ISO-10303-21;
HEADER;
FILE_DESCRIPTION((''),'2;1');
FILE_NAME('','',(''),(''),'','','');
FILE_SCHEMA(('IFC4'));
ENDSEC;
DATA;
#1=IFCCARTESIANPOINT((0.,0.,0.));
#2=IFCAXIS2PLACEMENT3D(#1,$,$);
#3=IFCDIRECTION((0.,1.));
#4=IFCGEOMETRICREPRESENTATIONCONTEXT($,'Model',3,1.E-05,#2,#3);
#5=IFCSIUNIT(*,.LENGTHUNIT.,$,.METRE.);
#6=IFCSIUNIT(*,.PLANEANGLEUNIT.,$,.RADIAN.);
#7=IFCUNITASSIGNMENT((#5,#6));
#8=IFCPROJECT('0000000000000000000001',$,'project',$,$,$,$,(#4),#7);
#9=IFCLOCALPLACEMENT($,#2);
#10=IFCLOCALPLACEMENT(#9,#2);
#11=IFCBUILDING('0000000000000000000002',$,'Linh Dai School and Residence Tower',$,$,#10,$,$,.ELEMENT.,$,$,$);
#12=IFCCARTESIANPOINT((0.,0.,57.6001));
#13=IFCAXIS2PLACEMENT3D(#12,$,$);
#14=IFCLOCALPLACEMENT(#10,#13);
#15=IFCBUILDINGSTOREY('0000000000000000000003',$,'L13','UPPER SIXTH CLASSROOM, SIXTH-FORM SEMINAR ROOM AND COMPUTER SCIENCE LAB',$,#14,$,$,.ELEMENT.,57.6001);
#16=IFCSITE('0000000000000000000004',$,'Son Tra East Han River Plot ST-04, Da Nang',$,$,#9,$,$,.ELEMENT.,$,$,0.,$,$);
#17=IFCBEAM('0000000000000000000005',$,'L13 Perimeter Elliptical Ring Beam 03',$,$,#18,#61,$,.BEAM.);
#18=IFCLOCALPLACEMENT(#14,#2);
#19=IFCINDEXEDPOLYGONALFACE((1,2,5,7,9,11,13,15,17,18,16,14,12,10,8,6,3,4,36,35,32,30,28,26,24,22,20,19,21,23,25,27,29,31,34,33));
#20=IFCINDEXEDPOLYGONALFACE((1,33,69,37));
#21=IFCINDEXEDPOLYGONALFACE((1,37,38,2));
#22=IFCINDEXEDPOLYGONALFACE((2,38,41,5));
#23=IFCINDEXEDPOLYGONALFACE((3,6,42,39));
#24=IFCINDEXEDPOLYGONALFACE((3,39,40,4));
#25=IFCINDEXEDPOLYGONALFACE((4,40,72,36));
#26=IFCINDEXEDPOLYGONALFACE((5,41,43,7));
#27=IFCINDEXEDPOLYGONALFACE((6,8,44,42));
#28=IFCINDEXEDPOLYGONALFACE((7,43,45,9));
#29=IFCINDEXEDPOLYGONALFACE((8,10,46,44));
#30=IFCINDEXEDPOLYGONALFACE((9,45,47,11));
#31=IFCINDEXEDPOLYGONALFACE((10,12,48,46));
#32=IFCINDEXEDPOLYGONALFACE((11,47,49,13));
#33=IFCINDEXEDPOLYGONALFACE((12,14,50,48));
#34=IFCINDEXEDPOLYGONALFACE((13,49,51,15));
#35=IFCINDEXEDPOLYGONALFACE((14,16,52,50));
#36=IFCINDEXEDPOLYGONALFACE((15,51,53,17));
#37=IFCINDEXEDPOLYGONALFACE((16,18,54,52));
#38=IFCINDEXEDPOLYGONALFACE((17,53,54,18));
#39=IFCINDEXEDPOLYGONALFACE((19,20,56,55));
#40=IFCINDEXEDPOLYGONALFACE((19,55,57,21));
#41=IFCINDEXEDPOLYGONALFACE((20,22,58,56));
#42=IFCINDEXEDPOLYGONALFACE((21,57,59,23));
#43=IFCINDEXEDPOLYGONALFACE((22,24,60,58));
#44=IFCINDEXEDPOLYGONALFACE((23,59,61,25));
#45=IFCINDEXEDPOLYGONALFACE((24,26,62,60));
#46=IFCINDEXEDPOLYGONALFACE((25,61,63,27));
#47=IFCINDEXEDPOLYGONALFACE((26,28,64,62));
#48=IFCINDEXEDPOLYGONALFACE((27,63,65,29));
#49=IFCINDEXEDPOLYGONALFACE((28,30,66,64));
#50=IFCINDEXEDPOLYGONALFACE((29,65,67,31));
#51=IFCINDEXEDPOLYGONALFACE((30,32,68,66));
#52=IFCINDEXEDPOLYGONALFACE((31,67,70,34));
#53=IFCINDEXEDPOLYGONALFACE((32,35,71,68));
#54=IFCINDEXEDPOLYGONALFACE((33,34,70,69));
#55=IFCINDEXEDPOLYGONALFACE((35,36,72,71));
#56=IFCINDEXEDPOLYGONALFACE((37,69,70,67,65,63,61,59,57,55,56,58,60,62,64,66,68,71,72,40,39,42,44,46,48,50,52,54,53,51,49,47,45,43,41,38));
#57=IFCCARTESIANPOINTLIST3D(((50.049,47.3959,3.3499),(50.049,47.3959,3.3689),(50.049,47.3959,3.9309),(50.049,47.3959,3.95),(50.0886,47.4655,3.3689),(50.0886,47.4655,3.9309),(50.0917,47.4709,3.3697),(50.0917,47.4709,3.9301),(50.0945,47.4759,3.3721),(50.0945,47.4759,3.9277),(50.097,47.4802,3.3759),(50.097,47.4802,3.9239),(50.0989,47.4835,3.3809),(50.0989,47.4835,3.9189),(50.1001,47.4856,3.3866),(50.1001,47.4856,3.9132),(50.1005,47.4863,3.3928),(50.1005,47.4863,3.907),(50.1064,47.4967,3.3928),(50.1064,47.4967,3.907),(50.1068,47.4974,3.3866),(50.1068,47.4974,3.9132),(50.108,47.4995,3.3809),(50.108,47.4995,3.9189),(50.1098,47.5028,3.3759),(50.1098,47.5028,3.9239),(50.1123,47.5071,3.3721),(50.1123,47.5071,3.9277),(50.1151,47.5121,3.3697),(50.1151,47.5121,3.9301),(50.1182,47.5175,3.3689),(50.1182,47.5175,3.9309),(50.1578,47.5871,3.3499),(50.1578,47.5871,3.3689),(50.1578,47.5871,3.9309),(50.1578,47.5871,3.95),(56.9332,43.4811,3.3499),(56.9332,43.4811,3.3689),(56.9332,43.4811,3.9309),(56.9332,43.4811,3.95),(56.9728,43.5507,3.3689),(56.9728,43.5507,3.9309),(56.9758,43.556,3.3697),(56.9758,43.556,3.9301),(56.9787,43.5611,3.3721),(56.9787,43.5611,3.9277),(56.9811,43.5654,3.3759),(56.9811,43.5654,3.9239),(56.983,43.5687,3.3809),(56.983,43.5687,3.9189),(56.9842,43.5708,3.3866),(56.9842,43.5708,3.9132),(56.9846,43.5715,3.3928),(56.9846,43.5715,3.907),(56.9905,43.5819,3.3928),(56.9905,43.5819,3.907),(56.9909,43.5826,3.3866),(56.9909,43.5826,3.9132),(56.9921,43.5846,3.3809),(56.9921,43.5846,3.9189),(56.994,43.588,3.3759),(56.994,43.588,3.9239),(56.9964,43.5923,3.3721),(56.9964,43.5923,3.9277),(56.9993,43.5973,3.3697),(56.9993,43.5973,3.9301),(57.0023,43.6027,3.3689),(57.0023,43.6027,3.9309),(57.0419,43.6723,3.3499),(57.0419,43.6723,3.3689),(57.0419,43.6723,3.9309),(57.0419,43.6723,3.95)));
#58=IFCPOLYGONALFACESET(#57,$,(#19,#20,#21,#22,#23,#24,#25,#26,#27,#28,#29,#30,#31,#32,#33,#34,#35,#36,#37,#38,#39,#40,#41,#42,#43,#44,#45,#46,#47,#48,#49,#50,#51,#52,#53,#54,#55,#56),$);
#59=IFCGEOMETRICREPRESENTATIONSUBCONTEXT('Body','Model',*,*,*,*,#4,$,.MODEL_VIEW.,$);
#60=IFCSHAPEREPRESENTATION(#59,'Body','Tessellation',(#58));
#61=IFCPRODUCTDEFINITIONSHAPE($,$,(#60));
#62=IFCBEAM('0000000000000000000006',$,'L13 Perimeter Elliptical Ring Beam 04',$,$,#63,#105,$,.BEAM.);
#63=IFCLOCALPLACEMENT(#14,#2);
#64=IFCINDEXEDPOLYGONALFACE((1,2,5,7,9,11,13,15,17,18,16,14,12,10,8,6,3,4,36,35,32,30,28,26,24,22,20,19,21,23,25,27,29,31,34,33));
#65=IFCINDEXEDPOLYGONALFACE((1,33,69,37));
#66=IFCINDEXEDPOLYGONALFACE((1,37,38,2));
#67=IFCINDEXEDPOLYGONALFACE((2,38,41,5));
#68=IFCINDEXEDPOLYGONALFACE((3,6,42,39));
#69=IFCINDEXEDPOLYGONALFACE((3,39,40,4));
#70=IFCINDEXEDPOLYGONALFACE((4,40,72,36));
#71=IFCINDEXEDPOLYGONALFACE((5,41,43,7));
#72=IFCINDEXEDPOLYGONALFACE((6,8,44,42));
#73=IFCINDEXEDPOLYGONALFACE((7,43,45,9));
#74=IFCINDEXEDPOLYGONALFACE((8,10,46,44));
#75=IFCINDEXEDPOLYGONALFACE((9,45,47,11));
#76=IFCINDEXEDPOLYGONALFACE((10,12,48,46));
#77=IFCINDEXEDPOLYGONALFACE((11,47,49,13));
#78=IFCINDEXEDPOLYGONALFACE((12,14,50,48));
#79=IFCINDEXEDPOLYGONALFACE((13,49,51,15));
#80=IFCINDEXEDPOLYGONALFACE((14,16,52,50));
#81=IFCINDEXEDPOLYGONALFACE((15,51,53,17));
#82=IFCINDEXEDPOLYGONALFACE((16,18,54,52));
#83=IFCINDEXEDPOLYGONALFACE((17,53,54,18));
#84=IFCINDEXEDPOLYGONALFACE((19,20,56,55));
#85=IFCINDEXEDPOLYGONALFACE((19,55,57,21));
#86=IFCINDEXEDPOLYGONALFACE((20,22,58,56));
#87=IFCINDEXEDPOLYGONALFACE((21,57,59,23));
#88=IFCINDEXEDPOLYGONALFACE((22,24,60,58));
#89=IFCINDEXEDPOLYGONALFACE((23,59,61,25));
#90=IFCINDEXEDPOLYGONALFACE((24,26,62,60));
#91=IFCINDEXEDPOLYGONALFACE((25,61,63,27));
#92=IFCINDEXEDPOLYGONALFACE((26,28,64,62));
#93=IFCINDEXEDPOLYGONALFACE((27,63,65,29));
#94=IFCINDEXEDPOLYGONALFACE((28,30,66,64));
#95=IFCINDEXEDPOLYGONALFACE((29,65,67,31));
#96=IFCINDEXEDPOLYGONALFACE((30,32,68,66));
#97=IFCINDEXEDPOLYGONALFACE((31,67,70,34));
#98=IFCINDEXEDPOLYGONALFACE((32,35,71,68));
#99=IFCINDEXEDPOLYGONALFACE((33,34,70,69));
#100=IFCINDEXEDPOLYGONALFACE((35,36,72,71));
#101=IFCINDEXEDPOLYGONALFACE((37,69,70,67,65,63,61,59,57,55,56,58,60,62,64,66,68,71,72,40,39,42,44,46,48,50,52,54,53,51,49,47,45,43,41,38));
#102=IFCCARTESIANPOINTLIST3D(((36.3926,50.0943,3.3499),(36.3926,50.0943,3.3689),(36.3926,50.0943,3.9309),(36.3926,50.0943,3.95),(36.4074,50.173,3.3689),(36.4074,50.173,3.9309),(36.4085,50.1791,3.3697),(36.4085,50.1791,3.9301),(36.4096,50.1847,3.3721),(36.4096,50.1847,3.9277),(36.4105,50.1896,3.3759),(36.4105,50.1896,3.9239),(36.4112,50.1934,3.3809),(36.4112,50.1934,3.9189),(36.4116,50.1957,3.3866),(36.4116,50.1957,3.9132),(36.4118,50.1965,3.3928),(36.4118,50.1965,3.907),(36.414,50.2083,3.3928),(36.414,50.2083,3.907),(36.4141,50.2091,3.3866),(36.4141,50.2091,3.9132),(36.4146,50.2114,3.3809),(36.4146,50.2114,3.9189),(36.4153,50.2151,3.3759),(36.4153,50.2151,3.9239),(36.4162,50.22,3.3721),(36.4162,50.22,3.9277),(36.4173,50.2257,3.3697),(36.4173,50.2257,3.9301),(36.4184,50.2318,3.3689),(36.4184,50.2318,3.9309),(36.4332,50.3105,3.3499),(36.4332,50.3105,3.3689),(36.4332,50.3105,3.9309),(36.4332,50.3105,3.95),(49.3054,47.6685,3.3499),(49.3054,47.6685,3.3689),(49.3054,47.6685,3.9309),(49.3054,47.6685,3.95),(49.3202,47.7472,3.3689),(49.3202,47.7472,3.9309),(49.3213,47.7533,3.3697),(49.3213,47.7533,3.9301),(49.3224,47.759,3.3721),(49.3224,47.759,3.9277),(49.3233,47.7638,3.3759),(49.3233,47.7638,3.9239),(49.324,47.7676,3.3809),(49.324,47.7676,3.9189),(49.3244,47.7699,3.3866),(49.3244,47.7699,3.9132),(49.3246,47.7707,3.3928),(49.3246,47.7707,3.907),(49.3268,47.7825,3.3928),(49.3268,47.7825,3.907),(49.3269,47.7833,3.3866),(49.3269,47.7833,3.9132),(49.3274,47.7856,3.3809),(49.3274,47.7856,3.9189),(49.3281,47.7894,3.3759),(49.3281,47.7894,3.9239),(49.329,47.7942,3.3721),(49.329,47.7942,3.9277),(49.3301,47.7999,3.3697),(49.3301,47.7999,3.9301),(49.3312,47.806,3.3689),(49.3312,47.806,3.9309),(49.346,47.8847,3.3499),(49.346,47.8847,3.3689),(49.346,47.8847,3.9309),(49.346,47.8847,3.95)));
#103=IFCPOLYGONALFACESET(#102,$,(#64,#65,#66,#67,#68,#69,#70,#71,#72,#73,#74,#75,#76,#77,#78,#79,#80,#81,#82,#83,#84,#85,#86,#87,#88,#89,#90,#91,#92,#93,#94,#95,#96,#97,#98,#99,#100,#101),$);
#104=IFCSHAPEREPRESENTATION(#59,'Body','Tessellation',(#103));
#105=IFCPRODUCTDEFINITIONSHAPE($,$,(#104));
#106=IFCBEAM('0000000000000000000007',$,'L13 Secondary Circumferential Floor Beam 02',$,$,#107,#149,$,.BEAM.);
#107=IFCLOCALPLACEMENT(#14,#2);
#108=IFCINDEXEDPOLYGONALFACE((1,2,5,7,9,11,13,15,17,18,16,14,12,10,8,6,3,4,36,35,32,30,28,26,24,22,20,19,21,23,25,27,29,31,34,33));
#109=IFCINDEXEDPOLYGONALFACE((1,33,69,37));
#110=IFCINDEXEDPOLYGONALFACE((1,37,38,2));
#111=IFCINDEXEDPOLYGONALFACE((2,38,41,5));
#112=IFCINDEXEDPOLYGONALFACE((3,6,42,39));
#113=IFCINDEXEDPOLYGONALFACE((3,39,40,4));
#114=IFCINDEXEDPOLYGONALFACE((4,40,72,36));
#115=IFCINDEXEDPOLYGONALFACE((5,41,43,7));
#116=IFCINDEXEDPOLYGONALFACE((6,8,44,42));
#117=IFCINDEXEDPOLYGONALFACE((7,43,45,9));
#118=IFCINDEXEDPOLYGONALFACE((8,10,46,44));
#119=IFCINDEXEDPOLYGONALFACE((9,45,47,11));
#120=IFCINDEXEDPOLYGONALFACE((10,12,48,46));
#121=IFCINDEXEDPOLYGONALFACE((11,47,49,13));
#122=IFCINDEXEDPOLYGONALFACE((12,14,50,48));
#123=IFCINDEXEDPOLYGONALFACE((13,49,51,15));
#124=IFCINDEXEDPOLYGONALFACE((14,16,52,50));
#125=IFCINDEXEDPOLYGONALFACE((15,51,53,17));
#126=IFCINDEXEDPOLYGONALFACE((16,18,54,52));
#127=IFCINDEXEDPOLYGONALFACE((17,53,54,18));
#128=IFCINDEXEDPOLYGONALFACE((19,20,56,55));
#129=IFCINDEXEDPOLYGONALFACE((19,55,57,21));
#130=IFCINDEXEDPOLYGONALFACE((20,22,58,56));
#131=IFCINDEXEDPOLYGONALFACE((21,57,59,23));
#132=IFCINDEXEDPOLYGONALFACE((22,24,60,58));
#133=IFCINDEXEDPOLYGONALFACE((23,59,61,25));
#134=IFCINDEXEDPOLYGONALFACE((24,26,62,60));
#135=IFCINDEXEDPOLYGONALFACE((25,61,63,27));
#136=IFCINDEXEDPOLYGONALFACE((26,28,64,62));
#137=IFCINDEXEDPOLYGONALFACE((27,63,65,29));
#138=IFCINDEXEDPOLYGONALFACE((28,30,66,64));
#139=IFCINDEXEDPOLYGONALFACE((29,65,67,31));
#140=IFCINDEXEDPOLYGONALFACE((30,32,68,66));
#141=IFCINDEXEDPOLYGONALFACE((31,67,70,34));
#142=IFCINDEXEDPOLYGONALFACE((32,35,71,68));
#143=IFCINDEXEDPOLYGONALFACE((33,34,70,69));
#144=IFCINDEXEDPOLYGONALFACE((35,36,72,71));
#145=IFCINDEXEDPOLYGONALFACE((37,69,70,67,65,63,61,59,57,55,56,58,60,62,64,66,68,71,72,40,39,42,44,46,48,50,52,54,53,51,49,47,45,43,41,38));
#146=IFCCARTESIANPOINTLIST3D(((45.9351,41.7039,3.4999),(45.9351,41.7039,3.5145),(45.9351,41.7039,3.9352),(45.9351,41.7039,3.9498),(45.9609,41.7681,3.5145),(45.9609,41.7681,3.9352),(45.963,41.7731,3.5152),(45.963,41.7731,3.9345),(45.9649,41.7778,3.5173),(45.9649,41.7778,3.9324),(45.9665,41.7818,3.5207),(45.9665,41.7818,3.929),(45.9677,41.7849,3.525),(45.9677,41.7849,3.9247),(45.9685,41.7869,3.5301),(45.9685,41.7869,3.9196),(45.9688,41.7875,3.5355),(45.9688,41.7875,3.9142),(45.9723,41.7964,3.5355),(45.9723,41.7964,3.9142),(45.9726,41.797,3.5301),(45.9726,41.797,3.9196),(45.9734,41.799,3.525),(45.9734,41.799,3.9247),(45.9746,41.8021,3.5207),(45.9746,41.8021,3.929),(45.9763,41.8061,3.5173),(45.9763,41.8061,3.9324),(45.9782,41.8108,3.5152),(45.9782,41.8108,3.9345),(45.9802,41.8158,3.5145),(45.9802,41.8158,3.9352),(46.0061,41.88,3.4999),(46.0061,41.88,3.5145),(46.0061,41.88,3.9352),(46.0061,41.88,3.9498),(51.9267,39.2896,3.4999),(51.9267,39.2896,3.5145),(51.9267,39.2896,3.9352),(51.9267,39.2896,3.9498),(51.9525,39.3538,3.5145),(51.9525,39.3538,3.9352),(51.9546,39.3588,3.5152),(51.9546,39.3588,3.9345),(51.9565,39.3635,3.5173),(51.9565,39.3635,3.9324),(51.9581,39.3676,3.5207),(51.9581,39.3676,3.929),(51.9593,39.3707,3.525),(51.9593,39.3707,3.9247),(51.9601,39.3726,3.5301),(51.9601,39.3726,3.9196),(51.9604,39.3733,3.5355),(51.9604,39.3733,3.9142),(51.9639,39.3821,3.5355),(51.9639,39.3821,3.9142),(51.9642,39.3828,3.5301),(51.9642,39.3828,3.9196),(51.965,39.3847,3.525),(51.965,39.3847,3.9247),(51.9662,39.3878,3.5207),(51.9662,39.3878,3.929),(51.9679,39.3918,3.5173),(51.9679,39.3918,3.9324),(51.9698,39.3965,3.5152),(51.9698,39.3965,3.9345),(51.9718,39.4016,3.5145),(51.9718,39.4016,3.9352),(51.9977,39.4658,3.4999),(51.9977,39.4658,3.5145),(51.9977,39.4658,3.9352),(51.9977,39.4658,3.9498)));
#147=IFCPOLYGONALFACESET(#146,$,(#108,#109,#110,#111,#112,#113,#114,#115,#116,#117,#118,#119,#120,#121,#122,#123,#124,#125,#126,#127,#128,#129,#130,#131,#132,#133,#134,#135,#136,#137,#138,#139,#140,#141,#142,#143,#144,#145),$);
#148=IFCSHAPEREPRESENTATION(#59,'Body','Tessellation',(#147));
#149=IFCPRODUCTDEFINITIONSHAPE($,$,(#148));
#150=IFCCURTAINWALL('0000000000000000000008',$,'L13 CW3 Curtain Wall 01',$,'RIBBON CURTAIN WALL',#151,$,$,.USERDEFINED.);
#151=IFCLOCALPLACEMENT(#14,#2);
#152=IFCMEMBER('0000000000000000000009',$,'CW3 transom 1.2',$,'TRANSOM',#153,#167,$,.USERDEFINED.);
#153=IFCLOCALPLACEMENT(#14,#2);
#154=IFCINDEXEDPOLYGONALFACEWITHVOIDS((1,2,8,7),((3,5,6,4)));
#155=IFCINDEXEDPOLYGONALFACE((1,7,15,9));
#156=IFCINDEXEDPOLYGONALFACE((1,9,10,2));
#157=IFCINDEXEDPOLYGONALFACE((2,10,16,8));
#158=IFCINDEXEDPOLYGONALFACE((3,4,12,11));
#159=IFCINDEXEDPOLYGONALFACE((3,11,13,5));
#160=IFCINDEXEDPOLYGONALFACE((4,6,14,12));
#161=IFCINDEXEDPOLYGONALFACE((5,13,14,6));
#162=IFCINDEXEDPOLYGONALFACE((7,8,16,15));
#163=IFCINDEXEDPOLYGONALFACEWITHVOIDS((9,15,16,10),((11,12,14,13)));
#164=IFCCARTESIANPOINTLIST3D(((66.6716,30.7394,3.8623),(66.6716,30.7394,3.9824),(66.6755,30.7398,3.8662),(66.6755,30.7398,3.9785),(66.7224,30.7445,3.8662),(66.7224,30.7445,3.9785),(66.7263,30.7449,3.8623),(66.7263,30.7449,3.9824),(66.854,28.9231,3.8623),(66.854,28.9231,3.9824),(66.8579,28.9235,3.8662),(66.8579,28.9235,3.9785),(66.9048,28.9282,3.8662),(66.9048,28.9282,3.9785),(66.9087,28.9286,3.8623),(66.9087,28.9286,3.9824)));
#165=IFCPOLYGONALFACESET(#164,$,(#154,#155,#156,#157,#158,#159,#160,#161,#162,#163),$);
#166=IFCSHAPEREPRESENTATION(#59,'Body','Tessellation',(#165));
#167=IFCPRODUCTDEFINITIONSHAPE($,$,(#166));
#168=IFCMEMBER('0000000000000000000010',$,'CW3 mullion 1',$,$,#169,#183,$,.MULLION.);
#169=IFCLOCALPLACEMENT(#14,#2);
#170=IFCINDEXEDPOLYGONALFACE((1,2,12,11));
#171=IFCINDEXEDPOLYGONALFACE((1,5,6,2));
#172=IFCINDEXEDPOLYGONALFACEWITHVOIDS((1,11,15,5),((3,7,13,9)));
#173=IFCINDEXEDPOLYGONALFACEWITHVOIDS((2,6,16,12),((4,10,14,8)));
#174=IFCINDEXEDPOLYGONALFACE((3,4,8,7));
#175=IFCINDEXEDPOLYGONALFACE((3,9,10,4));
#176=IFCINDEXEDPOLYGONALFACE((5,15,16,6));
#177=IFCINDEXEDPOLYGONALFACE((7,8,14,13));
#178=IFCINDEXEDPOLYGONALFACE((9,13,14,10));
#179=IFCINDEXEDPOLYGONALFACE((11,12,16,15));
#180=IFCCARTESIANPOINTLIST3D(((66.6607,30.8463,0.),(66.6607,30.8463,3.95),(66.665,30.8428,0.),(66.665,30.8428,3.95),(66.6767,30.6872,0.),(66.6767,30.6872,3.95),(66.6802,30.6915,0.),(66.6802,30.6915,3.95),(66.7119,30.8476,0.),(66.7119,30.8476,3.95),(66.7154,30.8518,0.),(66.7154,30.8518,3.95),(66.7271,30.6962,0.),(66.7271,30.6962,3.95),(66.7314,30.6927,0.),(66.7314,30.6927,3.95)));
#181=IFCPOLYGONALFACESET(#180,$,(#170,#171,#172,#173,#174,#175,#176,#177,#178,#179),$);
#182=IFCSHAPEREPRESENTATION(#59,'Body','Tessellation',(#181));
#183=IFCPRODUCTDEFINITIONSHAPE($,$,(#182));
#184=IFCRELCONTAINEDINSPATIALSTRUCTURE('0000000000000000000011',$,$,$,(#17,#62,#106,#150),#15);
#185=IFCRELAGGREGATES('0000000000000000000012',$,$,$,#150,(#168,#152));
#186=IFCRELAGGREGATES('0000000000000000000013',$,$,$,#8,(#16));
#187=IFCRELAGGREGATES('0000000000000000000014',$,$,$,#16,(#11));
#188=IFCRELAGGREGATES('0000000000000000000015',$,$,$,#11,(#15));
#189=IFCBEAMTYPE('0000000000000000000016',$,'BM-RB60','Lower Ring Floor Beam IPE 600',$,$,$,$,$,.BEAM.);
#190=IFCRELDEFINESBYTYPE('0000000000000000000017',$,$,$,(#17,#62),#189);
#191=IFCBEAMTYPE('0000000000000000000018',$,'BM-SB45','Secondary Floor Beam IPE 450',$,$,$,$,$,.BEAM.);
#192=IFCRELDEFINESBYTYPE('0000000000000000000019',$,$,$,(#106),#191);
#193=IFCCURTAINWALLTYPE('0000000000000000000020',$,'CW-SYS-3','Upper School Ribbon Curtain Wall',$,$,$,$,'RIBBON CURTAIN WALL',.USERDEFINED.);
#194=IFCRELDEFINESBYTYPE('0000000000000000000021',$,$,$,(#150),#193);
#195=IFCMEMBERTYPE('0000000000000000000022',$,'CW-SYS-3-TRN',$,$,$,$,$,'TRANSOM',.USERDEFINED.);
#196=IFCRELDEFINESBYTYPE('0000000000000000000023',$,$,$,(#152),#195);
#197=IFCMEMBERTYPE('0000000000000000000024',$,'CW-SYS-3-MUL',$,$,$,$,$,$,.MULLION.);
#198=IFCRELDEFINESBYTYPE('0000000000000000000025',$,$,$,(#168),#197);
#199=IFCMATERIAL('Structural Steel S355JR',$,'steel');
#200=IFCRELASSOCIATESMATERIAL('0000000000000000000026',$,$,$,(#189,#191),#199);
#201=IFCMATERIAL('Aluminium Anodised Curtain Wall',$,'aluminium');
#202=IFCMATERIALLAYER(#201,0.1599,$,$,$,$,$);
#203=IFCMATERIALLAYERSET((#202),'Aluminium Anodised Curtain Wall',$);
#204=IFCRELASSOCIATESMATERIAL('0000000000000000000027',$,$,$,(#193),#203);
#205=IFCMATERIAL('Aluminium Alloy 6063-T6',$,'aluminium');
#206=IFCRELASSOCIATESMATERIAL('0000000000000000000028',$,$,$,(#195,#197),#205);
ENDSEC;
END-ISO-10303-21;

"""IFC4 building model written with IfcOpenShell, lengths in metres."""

from ifc_helpers import new_model, si_unit, direction, frame, origin, origin_2d, place, context, subcontext, project, spatial, hollow_rectangle, i_section, extrude, source, transform, mapped, material, layer, layer_set, material_profile, profile_set, type_object, element, aggregate, save


model = new_model("IFC4")

# Units and contexts
model_context = context("Model", 3, precision=1e-05, world=origin(), true_north=direction((0.0, 1.0)))
body_context = subcontext(model_context, "Body", "Model", "MODEL_VIEW")
ifc_project = project(units=[si_unit("LENGTHUNIT", "METRE"), si_unit("PLANEANGLEUNIT", "RADIAN")], contexts=[model_context])

# Site, building, storey
site_placement = place(None, origin())
site = spatial("IfcSite", under=ifc_project, at=site_placement, Name="Son Tra East Han River Plot ST-04, Da Nang", CompositionType="ELEMENT", RefElevation=0.0)
building_placement = place(site_placement, origin())
building = spatial("IfcBuilding", under=site, at=building_placement, Name="Linh Dai School and Residence Tower", CompositionType="ELEMENT")
storey_placement = place(building_placement, frame((0.0, 0.0, 57.6001)))
storey = spatial("IfcBuildingStorey", under=building, at=storey_placement, Name="L13", Description="UPPER SIXTH CLASSROOM, SIXTH-FORM SEMINAR ROOM AND COMPUTER SCIENCE LAB", CompositionType="ELEMENT", Elevation=57.6001)

# Shared definitions
ifc_material_1 = material(Name="Structural Steel S355JR", Category="steel")

# Beams
ifc_material_profile_1 = material_profile(ifc_material_1, i_section(OverallWidth=0.22, OverallDepth=0.6001, WebThickness=0.012, FlangeThickness=0.019, FilletRadius=0.0239, at=origin_2d()), Name="IPE 600")
ifc_profile_set_1 = profile_set([ifc_material_profile_1], Name="Structural Steel S355JR")
beam_type_1 = type_object("IfcBeamType", Name="BM-RB60", Description="Lower Ring Floor Beam IPE 600", PredefinedType="BEAM", material=ifc_profile_set_1)
beam_1_placement = place(storey_placement, frame((56.9875, 43.5767, 3.6499), z_axis=(-0.869271, 0.494335, 0.0), x_axis=(-0.494335, -0.869271, 0.0)))
element("IfcBeam", 1, at=beam_1_placement, inside=storey, type_object=beam_type_1, Name="L13 Perimeter Elliptical Ring Beam 03", PredefinedType="BEAM", context=body_context, shape_type="SweptSolid", body=[
    extrude(i_section(OverallWidth=0.22, OverallDepth=0.6001, WebThickness=0.012, FlangeThickness=0.019, FilletRadius=0.0239, at=origin_2d()), origin(), (0.0, 0.0, 1.0), 7.9194),
])
beam_2_placement = place(storey_placement, frame((49.3257, 47.7766, 3.6499), z_axis=(-0.982808, 0.184628, 0.0), x_axis=(-0.184628, -0.982808, 0.0)))
element("IfcBeam", 2, at=beam_2_placement, inside=storey, type_object=beam_type_1, Name="L13 Perimeter Elliptical Ring Beam 04", PredefinedType="BEAM", context=body_context, shape_type="SweptSolid", body=[
    extrude(i_section(OverallWidth=0.22, OverallDepth=0.6001, WebThickness=0.012, FlangeThickness=0.019, FilletRadius=0.0239, at=origin_2d()), origin(), (0.0, 0.0, 1.0), 13.1387),
])
ifc_material_profile_2 = material_profile(ifc_material_1, i_section(OverallWidth=0.1899, OverallDepth=0.45, WebThickness=0.0095, FlangeThickness=0.0146, FilletRadius=0.021, at=origin_2d()), Name="IPE 450")
ifc_profile_set_2 = profile_set([ifc_material_profile_2], Name="Structural Steel S355JR")
beam_type_2 = type_object("IfcBeamType", Name="BM-SB45", Description="Secondary Floor Beam IPE 450", PredefinedType="BEAM", material=ifc_profile_set_2)
beam_3_placement = place(storey_placement, frame((51.9622, 39.3777, 3.7249), z_axis=(-0.927533, 0.373742, 0.0), x_axis=(-0.373742, -0.927533, 0.0)))
element("IfcBeam", 3, at=beam_3_placement, inside=storey, type_object=beam_type_2, Name="L13 Secondary Circumferential Floor Beam 02", PredefinedType="BEAM", context=body_context, shape_type="SweptSolid", body=[
    extrude(i_section(OverallWidth=0.1899, OverallDepth=0.45, WebThickness=0.0095, FlangeThickness=0.0146, FilletRadius=0.021, at=origin_2d()), origin(), (0.0, 0.0, 1.0), 6.4597),
])

# Curtain wall, members
ifc_material_2 = material(Name="Aluminium Anodised Curtain Wall", Category="aluminium")
ifc_layer_1 = layer(ifc_material_2, 0.1599)
ifc_layer_set_1 = layer_set([ifc_layer_1], Name="Aluminium Anodised Curtain Wall")
curtain_wall_type = type_object("IfcCurtainWallType", Name="CW-SYS-3", Description="Upper School Ribbon Curtain Wall", ElementType="RIBBON CURTAIN WALL", PredefinedType="USERDEFINED", material=ifc_layer_set_1)
curtain_wall_placement = place(storey_placement, origin())
curtain_wall = element("IfcCurtainWall", 4, at=curtain_wall_placement, inside=storey, type_object=curtain_wall_type, Name="L13 CW3 Curtain Wall 01", ObjectType="RIBBON CURTAIN WALL", PredefinedType="USERDEFINED")
ifc_material_3 = material(Name="Aluminium Alloy 6063-T6", Category="aluminium")
ifc_material_profile_3 = material_profile(ifc_material_3, hollow_rectangle(XDim=0.0549, YDim=0.1201, WallThickness=0.0039, at=origin_2d()), Name="RHS 120x55x4")
ifc_profile_set_3 = profile_set([ifc_material_profile_3], Name="Aluminium Alloy 6063-T6")
member_type_1 = type_object("IfcMemberType", Name="CW-SYS-3-TRN", ElementType="TRANSOM", PredefinedType="USERDEFINED", material=ifc_profile_set_3)
shared_shape_1 = source(origin(), body_context, "Body", "SweptSolid", [
    extrude(hollow_rectangle(XDim=0.0549, YDim=0.1201, WallThickness=0.0039, at=origin_2d()), origin(), (0.0, 0.0, 1.0), 1.8254),
])
member_1_placement = place(storey_placement, frame((66.699, 30.7422, 3.9224), z_axis=(0.099901, -0.994997, 0.0), x_axis=(0.994997, 0.099901, 0.0)))
member_1 = element("IfcMember", 5, at=member_1_placement, type_object=member_type_1, Name="CW3 transom 1.2", ObjectType="TRANSOM", PredefinedType="USERDEFINED", context=body_context, shape_type="MappedRepresentation", body=[
    mapped(shared_shape_1, transform((0.0, 0.0, 0.0), x_axis=(1.0, 0.0, 0.0), y_axis=(0.0, 1.0, 0.0), z_axis=(0.0, 0.0, 1.0), scale=1.0)),
])
ifc_material_profile_4 = material_profile(ifc_material_3, hollow_rectangle(XDim=0.0549, YDim=0.1599, WallThickness=0.0039, at=origin_2d()), Name="RHS 160x55x4")
ifc_profile_set_4 = profile_set([ifc_material_profile_4], Name="Aluminium Alloy 6063-T6")
member_type_2 = type_object("IfcMemberType", Name="CW-SYS-3-MUL", PredefinedType="MULLION", material=ifc_profile_set_4)
shared_shape_2 = source(origin(), body_context, "Body", "SweptSolid", [
    extrude(hollow_rectangle(XDim=0.0549, YDim=0.1599, WallThickness=0.0039, at=origin_2d()), origin(), (0.0, 0.0, 1.0), 3.95),
])
member_2_placement = place(storey_placement, frame((66.696, 30.7695, 0.0), z_axis=(0.0, 0.0, 1.0), x_axis=(0.994986, 0.100009, 0.0)))
member_2 = element("IfcMember", 6, at=member_2_placement, type_object=member_type_2, Name="CW3 mullion 1", PredefinedType="MULLION", context=body_context, shape_type="MappedRepresentation", body=[
    mapped(shared_shape_2, transform((0.0, 0.0, 0.0), x_axis=(1.0, 0.0, 0.0), y_axis=(0.0, 1.0, 0.0), z_axis=(0.0, 0.0, 1.0), scale=1.0)),
])
aggregate(curtain_wall, [member_2, member_1])

save(model, "model.ifc")
